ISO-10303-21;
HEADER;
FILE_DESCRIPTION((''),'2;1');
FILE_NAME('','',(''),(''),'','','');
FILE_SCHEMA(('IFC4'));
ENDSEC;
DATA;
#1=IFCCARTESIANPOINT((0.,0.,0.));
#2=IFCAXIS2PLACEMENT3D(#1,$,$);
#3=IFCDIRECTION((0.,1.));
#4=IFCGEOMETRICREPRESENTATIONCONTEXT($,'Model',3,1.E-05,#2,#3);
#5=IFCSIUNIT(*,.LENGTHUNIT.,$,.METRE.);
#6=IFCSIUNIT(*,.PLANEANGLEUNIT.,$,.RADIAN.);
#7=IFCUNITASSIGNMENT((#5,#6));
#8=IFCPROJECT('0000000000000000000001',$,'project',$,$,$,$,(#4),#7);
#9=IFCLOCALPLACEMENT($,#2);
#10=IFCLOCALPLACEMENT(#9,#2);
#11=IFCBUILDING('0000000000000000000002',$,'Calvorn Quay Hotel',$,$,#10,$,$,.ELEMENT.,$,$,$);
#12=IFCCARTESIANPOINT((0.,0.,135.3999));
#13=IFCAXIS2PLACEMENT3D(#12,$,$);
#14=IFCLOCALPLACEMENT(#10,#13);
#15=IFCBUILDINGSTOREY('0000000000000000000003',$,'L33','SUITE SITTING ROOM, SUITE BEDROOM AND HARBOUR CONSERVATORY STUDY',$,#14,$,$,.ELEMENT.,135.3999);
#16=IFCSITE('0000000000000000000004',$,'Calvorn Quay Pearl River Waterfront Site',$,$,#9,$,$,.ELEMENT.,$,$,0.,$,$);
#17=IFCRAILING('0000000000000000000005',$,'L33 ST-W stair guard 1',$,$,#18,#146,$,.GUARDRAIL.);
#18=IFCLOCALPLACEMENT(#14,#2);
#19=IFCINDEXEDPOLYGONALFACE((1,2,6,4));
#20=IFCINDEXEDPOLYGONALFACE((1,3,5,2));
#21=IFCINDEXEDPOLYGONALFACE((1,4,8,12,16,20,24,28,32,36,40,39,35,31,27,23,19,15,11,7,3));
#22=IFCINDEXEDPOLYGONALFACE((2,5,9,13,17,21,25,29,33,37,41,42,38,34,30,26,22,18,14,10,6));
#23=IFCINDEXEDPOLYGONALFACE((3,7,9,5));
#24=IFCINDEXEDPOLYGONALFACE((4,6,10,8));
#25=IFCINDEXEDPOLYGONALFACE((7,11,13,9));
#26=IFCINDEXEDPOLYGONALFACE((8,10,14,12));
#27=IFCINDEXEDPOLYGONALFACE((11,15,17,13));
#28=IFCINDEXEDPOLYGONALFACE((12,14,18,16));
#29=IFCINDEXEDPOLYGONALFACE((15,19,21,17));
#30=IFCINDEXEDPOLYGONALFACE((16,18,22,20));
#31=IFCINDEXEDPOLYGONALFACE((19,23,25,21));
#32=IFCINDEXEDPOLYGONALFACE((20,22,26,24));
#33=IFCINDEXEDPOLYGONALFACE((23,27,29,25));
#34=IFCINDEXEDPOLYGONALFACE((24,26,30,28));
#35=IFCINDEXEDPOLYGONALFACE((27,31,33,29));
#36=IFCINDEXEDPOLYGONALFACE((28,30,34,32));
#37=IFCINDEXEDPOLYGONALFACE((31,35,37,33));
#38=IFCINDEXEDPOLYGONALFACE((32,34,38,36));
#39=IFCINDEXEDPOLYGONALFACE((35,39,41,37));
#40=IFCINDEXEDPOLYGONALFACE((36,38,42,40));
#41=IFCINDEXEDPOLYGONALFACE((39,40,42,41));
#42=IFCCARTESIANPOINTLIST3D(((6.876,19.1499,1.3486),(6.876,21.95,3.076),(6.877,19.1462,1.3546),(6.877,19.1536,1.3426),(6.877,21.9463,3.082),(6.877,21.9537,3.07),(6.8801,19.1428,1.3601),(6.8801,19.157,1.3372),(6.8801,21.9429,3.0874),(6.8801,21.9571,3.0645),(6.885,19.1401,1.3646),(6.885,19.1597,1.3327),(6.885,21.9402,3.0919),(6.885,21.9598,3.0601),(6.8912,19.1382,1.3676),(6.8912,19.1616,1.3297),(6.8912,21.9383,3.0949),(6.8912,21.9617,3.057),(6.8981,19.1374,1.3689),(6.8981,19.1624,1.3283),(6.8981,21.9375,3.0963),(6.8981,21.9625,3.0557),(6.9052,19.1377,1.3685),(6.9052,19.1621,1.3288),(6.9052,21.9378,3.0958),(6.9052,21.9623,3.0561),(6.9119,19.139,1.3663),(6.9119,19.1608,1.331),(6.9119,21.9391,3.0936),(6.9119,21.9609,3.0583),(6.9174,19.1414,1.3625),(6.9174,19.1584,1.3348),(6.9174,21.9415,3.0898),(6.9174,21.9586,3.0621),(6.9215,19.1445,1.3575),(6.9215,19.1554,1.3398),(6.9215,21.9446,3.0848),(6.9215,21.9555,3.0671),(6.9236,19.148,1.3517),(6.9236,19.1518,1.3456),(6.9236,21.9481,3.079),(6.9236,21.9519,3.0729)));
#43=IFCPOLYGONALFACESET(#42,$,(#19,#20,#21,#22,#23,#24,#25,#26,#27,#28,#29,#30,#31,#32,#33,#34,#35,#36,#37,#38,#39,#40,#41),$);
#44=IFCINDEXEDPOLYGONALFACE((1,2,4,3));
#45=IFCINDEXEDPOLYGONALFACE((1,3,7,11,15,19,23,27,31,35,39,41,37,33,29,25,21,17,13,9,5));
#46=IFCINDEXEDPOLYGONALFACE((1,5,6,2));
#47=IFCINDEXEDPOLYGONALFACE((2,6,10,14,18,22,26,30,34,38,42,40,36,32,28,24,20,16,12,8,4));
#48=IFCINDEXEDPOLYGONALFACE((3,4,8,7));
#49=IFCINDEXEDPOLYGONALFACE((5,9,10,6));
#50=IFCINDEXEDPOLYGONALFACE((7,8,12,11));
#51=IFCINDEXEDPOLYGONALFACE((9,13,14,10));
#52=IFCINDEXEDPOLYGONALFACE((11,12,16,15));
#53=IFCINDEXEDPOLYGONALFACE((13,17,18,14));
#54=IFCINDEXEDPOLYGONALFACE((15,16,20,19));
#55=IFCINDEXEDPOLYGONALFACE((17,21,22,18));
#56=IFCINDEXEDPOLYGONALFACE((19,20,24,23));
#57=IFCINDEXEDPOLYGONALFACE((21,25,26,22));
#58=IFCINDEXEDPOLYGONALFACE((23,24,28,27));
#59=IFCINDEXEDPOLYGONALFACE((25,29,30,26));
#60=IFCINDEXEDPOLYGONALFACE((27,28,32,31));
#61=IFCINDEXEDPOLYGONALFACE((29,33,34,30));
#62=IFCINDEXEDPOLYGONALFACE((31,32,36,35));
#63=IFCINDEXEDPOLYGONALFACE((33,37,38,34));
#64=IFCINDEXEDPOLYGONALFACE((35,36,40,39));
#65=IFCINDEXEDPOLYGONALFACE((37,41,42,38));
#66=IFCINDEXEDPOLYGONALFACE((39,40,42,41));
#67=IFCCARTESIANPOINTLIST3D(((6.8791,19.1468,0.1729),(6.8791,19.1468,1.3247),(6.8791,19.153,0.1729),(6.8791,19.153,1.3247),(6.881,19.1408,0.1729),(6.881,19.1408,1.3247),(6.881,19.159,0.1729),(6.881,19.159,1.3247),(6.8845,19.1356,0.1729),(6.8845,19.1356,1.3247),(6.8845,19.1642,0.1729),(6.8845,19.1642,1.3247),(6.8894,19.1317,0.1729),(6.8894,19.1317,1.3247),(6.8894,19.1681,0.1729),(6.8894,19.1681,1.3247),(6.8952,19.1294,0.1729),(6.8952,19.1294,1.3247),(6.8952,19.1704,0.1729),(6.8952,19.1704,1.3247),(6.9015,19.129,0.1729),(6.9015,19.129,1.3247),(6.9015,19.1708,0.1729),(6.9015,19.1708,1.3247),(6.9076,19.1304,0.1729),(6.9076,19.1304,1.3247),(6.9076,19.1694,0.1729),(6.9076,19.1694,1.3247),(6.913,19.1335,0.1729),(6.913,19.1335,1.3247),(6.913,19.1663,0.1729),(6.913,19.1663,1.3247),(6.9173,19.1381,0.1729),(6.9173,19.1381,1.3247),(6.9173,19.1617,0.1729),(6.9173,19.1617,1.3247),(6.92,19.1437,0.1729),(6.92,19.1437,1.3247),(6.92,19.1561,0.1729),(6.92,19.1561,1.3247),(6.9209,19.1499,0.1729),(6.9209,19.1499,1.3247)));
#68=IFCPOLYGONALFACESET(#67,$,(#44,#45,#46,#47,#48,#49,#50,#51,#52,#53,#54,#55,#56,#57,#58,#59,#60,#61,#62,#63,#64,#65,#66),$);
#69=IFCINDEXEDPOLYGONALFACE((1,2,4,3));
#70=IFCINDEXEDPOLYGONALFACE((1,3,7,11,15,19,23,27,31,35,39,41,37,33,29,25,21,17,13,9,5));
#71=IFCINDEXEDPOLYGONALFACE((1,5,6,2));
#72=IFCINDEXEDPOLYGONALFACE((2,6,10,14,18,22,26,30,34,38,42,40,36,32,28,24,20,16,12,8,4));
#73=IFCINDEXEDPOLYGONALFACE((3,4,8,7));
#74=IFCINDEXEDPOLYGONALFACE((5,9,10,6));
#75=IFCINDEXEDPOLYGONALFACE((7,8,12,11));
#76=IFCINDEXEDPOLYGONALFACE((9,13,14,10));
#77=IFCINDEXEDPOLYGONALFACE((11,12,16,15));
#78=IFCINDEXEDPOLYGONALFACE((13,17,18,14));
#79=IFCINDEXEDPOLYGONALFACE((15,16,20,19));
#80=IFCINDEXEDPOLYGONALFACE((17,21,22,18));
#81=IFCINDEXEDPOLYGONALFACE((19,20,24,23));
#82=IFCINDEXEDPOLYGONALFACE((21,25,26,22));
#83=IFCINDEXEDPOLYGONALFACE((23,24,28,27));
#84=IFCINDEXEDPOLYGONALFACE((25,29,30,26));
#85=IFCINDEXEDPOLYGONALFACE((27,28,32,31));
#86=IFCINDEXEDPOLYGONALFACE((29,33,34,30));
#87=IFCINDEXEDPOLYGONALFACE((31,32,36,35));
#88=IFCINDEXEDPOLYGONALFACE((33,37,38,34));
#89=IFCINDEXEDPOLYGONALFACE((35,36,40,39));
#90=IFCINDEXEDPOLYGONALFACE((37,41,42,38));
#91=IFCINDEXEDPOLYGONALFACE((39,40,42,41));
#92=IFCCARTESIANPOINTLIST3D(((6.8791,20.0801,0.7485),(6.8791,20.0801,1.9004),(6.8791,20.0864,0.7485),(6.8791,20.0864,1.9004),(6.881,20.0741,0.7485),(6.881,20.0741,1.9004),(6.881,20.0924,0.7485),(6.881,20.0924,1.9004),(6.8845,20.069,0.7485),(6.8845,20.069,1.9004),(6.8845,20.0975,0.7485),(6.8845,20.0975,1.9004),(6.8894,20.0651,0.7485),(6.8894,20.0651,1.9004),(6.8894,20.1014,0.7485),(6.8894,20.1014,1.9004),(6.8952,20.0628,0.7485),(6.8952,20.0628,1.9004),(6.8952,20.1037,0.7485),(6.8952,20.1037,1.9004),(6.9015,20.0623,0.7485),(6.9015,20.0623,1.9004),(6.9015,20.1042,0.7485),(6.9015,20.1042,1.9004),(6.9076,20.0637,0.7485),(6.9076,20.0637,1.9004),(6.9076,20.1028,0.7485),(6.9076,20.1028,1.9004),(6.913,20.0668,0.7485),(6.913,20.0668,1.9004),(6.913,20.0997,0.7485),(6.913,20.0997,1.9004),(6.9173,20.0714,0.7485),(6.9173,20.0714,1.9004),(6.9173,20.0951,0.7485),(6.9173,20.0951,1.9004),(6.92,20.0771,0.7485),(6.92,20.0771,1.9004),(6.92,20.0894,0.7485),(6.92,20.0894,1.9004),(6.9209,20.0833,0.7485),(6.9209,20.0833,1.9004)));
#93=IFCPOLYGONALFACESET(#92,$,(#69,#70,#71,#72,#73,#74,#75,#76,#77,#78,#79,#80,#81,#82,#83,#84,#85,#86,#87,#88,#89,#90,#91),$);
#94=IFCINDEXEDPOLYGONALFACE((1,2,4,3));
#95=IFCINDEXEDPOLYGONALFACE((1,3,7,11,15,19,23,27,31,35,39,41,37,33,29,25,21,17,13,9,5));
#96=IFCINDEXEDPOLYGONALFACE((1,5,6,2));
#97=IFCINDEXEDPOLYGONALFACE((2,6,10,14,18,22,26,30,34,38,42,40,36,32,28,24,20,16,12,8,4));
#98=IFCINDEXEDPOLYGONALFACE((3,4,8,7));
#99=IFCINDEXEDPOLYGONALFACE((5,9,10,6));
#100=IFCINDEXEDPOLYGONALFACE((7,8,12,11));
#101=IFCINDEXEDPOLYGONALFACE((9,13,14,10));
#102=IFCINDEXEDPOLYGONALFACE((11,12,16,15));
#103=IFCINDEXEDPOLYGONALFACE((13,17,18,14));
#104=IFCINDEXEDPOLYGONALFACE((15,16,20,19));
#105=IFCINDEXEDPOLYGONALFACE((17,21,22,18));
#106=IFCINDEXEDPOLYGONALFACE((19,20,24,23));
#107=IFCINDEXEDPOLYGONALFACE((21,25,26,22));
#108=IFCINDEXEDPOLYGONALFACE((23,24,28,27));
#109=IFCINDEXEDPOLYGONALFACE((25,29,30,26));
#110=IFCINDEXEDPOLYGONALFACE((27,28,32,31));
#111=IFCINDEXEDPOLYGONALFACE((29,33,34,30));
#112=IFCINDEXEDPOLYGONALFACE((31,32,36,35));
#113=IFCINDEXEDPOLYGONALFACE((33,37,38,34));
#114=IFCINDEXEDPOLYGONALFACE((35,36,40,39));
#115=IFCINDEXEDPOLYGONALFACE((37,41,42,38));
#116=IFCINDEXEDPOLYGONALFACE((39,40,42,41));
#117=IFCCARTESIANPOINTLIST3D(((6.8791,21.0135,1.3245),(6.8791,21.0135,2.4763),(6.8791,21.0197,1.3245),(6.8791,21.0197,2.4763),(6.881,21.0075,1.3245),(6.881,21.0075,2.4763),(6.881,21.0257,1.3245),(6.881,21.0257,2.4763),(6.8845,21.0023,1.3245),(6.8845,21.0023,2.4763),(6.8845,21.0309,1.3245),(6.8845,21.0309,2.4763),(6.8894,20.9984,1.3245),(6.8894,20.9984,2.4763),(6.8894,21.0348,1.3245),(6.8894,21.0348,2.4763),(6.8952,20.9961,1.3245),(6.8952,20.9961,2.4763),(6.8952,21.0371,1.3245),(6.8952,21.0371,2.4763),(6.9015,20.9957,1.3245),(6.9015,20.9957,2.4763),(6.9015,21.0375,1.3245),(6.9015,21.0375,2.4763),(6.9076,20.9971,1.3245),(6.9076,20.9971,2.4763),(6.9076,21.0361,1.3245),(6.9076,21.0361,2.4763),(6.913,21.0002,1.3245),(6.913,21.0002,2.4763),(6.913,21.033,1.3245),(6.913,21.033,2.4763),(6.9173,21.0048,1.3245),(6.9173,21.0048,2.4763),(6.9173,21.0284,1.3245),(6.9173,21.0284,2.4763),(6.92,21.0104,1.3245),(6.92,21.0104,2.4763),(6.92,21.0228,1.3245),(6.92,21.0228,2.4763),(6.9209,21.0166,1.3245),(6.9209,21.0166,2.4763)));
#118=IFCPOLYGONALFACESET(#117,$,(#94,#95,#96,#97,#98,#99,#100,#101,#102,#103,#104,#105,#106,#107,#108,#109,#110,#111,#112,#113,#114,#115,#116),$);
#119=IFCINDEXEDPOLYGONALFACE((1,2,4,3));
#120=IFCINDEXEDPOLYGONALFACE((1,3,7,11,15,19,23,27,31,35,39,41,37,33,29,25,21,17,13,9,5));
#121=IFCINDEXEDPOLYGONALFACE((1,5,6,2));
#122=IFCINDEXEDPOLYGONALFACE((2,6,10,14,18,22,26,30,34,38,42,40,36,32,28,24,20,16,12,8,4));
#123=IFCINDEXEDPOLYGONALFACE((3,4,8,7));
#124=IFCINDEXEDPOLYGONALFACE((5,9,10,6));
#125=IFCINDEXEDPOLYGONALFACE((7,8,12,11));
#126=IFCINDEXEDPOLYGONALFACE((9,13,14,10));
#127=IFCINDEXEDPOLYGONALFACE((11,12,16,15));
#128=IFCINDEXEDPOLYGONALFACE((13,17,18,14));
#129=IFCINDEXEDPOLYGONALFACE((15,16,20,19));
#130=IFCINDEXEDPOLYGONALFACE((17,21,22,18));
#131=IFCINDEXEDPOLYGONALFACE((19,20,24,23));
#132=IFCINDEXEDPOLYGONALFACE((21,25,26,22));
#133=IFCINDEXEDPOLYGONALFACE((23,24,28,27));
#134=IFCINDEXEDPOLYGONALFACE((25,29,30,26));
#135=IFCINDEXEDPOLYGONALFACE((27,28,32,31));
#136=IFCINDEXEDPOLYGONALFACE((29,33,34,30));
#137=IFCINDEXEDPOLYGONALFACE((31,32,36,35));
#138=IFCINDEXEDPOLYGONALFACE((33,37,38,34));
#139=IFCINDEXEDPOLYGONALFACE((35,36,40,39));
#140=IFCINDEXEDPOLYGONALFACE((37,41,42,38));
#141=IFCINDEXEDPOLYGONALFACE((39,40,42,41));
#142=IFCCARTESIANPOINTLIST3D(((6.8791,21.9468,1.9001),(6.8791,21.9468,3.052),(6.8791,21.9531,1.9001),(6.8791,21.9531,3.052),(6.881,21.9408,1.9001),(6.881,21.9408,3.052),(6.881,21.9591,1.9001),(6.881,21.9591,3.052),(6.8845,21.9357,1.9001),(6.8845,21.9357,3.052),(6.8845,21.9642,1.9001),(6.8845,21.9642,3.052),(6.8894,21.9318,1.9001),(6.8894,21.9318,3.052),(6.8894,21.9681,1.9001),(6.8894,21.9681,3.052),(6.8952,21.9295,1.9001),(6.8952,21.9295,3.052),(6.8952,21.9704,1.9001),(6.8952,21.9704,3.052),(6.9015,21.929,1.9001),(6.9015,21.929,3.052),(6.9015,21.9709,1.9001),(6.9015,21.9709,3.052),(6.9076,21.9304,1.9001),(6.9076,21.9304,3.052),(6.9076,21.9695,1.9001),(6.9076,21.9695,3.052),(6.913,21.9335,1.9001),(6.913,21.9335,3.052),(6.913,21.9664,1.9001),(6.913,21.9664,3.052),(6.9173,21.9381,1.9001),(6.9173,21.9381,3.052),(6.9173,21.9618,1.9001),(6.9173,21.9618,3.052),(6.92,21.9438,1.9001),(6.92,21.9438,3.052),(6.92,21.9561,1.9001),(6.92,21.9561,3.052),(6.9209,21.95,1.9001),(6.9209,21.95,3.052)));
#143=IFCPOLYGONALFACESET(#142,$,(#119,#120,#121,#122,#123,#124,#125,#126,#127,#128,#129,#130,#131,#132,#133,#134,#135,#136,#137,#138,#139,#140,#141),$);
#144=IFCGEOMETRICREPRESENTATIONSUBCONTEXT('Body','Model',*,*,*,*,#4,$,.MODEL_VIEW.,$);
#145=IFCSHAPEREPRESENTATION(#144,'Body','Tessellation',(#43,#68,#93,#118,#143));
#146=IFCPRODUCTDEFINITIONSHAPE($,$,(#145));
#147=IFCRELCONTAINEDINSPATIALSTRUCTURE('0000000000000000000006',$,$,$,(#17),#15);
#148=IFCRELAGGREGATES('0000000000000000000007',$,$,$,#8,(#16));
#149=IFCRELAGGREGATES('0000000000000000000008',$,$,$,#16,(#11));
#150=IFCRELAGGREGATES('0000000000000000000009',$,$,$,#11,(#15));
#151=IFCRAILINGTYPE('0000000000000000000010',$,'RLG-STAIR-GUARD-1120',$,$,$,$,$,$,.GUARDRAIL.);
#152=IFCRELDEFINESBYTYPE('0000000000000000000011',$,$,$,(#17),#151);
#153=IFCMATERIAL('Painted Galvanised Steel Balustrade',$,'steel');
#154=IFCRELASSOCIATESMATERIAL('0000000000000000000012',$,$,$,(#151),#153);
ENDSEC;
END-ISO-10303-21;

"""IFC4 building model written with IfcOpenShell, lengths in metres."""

from ifc_helpers import new_model, si_unit, direction, frame, origin, origin_2d, place, context, subcontext, project, spatial, circle, extrude, material, type_object, element, save


model = new_model("IFC4")

# Units and contexts
model_context = context("Model", 3, precision=1e-05, world=origin(), true_north=direction((0.0, 1.0)))
body_context = subcontext(model_context, "Body", "Model", "MODEL_VIEW")
ifc_project = project(units=[si_unit("LENGTHUNIT", "METRE"), si_unit("PLANEANGLEUNIT", "RADIAN")], contexts=[model_context])

# Site, building, storey
site_placement = place(None, origin())
site = spatial("IfcSite", under=ifc_project, at=site_placement, Name="Calvorn Quay Pearl River Waterfront Site", CompositionType="ELEMENT", RefElevation=0.0)
building_placement = place(site_placement, origin())
building = spatial("IfcBuilding", under=site, at=building_placement, Name="Calvorn Quay Hotel", CompositionType="ELEMENT")
storey_placement = place(building_placement, frame((0.0, 0.0, 135.3999)))
storey = spatial("IfcBuildingStorey", under=building, at=storey_placement, Name="L33", Description="SUITE SITTING ROOM, SUITE BEDROOM AND HARBOUR CONSERVATORY STUDY", CompositionType="ELEMENT", Elevation=135.3999)

# Railing
ifc_material_1 = material(Name="Painted Galvanised Steel Balustrade", Category="steel")
railing_type_1 = type_object("IfcRailingType", Name="RLG-STAIR-GUARD-1120", PredefinedType="GUARDRAIL", material=ifc_material_1)
railing_1_placement = place(storey_placement, frame((6.8999, 19.1499, 0.1729)))
element("IfcRailing", 1, at=railing_1_placement, inside=storey, type_object=railing_type_1, Name="L33 ST-W stair guard 1", PredefinedType="GUARDRAIL", context=body_context, shape_type="SweptSolid", body=[
    extrude(circle(Radius=0.0239, at=origin_2d()), frame((0.0, 0.0, 1.1758), z_axis=(0.0, 0.85109, 0.52502), x_axis=(-1.0, 0.0, 0.0)), (0.0, 0.0, 1.0), 3.29),
    extrude(circle(Radius=0.021, at=origin_2d()), origin(), (0.0, 0.0, 1.0), 1.1519),
    extrude(circle(Radius=0.021, at=origin_2d()), frame((0.0, 0.9333, 0.5757)), (0.0, 0.0, 1.0), 1.1519),
    extrude(circle(Radius=0.021, at=origin_2d()), frame((0.0, 1.8667, 1.1516)), (0.0, 0.0, 1.0), 1.1519),
    extrude(circle(Radius=0.021, at=origin_2d()), frame((0.0, 2.8, 1.7273)), (0.0, 0.0, 1.0), 1.1519),
])

save(model, "model.ifc")
